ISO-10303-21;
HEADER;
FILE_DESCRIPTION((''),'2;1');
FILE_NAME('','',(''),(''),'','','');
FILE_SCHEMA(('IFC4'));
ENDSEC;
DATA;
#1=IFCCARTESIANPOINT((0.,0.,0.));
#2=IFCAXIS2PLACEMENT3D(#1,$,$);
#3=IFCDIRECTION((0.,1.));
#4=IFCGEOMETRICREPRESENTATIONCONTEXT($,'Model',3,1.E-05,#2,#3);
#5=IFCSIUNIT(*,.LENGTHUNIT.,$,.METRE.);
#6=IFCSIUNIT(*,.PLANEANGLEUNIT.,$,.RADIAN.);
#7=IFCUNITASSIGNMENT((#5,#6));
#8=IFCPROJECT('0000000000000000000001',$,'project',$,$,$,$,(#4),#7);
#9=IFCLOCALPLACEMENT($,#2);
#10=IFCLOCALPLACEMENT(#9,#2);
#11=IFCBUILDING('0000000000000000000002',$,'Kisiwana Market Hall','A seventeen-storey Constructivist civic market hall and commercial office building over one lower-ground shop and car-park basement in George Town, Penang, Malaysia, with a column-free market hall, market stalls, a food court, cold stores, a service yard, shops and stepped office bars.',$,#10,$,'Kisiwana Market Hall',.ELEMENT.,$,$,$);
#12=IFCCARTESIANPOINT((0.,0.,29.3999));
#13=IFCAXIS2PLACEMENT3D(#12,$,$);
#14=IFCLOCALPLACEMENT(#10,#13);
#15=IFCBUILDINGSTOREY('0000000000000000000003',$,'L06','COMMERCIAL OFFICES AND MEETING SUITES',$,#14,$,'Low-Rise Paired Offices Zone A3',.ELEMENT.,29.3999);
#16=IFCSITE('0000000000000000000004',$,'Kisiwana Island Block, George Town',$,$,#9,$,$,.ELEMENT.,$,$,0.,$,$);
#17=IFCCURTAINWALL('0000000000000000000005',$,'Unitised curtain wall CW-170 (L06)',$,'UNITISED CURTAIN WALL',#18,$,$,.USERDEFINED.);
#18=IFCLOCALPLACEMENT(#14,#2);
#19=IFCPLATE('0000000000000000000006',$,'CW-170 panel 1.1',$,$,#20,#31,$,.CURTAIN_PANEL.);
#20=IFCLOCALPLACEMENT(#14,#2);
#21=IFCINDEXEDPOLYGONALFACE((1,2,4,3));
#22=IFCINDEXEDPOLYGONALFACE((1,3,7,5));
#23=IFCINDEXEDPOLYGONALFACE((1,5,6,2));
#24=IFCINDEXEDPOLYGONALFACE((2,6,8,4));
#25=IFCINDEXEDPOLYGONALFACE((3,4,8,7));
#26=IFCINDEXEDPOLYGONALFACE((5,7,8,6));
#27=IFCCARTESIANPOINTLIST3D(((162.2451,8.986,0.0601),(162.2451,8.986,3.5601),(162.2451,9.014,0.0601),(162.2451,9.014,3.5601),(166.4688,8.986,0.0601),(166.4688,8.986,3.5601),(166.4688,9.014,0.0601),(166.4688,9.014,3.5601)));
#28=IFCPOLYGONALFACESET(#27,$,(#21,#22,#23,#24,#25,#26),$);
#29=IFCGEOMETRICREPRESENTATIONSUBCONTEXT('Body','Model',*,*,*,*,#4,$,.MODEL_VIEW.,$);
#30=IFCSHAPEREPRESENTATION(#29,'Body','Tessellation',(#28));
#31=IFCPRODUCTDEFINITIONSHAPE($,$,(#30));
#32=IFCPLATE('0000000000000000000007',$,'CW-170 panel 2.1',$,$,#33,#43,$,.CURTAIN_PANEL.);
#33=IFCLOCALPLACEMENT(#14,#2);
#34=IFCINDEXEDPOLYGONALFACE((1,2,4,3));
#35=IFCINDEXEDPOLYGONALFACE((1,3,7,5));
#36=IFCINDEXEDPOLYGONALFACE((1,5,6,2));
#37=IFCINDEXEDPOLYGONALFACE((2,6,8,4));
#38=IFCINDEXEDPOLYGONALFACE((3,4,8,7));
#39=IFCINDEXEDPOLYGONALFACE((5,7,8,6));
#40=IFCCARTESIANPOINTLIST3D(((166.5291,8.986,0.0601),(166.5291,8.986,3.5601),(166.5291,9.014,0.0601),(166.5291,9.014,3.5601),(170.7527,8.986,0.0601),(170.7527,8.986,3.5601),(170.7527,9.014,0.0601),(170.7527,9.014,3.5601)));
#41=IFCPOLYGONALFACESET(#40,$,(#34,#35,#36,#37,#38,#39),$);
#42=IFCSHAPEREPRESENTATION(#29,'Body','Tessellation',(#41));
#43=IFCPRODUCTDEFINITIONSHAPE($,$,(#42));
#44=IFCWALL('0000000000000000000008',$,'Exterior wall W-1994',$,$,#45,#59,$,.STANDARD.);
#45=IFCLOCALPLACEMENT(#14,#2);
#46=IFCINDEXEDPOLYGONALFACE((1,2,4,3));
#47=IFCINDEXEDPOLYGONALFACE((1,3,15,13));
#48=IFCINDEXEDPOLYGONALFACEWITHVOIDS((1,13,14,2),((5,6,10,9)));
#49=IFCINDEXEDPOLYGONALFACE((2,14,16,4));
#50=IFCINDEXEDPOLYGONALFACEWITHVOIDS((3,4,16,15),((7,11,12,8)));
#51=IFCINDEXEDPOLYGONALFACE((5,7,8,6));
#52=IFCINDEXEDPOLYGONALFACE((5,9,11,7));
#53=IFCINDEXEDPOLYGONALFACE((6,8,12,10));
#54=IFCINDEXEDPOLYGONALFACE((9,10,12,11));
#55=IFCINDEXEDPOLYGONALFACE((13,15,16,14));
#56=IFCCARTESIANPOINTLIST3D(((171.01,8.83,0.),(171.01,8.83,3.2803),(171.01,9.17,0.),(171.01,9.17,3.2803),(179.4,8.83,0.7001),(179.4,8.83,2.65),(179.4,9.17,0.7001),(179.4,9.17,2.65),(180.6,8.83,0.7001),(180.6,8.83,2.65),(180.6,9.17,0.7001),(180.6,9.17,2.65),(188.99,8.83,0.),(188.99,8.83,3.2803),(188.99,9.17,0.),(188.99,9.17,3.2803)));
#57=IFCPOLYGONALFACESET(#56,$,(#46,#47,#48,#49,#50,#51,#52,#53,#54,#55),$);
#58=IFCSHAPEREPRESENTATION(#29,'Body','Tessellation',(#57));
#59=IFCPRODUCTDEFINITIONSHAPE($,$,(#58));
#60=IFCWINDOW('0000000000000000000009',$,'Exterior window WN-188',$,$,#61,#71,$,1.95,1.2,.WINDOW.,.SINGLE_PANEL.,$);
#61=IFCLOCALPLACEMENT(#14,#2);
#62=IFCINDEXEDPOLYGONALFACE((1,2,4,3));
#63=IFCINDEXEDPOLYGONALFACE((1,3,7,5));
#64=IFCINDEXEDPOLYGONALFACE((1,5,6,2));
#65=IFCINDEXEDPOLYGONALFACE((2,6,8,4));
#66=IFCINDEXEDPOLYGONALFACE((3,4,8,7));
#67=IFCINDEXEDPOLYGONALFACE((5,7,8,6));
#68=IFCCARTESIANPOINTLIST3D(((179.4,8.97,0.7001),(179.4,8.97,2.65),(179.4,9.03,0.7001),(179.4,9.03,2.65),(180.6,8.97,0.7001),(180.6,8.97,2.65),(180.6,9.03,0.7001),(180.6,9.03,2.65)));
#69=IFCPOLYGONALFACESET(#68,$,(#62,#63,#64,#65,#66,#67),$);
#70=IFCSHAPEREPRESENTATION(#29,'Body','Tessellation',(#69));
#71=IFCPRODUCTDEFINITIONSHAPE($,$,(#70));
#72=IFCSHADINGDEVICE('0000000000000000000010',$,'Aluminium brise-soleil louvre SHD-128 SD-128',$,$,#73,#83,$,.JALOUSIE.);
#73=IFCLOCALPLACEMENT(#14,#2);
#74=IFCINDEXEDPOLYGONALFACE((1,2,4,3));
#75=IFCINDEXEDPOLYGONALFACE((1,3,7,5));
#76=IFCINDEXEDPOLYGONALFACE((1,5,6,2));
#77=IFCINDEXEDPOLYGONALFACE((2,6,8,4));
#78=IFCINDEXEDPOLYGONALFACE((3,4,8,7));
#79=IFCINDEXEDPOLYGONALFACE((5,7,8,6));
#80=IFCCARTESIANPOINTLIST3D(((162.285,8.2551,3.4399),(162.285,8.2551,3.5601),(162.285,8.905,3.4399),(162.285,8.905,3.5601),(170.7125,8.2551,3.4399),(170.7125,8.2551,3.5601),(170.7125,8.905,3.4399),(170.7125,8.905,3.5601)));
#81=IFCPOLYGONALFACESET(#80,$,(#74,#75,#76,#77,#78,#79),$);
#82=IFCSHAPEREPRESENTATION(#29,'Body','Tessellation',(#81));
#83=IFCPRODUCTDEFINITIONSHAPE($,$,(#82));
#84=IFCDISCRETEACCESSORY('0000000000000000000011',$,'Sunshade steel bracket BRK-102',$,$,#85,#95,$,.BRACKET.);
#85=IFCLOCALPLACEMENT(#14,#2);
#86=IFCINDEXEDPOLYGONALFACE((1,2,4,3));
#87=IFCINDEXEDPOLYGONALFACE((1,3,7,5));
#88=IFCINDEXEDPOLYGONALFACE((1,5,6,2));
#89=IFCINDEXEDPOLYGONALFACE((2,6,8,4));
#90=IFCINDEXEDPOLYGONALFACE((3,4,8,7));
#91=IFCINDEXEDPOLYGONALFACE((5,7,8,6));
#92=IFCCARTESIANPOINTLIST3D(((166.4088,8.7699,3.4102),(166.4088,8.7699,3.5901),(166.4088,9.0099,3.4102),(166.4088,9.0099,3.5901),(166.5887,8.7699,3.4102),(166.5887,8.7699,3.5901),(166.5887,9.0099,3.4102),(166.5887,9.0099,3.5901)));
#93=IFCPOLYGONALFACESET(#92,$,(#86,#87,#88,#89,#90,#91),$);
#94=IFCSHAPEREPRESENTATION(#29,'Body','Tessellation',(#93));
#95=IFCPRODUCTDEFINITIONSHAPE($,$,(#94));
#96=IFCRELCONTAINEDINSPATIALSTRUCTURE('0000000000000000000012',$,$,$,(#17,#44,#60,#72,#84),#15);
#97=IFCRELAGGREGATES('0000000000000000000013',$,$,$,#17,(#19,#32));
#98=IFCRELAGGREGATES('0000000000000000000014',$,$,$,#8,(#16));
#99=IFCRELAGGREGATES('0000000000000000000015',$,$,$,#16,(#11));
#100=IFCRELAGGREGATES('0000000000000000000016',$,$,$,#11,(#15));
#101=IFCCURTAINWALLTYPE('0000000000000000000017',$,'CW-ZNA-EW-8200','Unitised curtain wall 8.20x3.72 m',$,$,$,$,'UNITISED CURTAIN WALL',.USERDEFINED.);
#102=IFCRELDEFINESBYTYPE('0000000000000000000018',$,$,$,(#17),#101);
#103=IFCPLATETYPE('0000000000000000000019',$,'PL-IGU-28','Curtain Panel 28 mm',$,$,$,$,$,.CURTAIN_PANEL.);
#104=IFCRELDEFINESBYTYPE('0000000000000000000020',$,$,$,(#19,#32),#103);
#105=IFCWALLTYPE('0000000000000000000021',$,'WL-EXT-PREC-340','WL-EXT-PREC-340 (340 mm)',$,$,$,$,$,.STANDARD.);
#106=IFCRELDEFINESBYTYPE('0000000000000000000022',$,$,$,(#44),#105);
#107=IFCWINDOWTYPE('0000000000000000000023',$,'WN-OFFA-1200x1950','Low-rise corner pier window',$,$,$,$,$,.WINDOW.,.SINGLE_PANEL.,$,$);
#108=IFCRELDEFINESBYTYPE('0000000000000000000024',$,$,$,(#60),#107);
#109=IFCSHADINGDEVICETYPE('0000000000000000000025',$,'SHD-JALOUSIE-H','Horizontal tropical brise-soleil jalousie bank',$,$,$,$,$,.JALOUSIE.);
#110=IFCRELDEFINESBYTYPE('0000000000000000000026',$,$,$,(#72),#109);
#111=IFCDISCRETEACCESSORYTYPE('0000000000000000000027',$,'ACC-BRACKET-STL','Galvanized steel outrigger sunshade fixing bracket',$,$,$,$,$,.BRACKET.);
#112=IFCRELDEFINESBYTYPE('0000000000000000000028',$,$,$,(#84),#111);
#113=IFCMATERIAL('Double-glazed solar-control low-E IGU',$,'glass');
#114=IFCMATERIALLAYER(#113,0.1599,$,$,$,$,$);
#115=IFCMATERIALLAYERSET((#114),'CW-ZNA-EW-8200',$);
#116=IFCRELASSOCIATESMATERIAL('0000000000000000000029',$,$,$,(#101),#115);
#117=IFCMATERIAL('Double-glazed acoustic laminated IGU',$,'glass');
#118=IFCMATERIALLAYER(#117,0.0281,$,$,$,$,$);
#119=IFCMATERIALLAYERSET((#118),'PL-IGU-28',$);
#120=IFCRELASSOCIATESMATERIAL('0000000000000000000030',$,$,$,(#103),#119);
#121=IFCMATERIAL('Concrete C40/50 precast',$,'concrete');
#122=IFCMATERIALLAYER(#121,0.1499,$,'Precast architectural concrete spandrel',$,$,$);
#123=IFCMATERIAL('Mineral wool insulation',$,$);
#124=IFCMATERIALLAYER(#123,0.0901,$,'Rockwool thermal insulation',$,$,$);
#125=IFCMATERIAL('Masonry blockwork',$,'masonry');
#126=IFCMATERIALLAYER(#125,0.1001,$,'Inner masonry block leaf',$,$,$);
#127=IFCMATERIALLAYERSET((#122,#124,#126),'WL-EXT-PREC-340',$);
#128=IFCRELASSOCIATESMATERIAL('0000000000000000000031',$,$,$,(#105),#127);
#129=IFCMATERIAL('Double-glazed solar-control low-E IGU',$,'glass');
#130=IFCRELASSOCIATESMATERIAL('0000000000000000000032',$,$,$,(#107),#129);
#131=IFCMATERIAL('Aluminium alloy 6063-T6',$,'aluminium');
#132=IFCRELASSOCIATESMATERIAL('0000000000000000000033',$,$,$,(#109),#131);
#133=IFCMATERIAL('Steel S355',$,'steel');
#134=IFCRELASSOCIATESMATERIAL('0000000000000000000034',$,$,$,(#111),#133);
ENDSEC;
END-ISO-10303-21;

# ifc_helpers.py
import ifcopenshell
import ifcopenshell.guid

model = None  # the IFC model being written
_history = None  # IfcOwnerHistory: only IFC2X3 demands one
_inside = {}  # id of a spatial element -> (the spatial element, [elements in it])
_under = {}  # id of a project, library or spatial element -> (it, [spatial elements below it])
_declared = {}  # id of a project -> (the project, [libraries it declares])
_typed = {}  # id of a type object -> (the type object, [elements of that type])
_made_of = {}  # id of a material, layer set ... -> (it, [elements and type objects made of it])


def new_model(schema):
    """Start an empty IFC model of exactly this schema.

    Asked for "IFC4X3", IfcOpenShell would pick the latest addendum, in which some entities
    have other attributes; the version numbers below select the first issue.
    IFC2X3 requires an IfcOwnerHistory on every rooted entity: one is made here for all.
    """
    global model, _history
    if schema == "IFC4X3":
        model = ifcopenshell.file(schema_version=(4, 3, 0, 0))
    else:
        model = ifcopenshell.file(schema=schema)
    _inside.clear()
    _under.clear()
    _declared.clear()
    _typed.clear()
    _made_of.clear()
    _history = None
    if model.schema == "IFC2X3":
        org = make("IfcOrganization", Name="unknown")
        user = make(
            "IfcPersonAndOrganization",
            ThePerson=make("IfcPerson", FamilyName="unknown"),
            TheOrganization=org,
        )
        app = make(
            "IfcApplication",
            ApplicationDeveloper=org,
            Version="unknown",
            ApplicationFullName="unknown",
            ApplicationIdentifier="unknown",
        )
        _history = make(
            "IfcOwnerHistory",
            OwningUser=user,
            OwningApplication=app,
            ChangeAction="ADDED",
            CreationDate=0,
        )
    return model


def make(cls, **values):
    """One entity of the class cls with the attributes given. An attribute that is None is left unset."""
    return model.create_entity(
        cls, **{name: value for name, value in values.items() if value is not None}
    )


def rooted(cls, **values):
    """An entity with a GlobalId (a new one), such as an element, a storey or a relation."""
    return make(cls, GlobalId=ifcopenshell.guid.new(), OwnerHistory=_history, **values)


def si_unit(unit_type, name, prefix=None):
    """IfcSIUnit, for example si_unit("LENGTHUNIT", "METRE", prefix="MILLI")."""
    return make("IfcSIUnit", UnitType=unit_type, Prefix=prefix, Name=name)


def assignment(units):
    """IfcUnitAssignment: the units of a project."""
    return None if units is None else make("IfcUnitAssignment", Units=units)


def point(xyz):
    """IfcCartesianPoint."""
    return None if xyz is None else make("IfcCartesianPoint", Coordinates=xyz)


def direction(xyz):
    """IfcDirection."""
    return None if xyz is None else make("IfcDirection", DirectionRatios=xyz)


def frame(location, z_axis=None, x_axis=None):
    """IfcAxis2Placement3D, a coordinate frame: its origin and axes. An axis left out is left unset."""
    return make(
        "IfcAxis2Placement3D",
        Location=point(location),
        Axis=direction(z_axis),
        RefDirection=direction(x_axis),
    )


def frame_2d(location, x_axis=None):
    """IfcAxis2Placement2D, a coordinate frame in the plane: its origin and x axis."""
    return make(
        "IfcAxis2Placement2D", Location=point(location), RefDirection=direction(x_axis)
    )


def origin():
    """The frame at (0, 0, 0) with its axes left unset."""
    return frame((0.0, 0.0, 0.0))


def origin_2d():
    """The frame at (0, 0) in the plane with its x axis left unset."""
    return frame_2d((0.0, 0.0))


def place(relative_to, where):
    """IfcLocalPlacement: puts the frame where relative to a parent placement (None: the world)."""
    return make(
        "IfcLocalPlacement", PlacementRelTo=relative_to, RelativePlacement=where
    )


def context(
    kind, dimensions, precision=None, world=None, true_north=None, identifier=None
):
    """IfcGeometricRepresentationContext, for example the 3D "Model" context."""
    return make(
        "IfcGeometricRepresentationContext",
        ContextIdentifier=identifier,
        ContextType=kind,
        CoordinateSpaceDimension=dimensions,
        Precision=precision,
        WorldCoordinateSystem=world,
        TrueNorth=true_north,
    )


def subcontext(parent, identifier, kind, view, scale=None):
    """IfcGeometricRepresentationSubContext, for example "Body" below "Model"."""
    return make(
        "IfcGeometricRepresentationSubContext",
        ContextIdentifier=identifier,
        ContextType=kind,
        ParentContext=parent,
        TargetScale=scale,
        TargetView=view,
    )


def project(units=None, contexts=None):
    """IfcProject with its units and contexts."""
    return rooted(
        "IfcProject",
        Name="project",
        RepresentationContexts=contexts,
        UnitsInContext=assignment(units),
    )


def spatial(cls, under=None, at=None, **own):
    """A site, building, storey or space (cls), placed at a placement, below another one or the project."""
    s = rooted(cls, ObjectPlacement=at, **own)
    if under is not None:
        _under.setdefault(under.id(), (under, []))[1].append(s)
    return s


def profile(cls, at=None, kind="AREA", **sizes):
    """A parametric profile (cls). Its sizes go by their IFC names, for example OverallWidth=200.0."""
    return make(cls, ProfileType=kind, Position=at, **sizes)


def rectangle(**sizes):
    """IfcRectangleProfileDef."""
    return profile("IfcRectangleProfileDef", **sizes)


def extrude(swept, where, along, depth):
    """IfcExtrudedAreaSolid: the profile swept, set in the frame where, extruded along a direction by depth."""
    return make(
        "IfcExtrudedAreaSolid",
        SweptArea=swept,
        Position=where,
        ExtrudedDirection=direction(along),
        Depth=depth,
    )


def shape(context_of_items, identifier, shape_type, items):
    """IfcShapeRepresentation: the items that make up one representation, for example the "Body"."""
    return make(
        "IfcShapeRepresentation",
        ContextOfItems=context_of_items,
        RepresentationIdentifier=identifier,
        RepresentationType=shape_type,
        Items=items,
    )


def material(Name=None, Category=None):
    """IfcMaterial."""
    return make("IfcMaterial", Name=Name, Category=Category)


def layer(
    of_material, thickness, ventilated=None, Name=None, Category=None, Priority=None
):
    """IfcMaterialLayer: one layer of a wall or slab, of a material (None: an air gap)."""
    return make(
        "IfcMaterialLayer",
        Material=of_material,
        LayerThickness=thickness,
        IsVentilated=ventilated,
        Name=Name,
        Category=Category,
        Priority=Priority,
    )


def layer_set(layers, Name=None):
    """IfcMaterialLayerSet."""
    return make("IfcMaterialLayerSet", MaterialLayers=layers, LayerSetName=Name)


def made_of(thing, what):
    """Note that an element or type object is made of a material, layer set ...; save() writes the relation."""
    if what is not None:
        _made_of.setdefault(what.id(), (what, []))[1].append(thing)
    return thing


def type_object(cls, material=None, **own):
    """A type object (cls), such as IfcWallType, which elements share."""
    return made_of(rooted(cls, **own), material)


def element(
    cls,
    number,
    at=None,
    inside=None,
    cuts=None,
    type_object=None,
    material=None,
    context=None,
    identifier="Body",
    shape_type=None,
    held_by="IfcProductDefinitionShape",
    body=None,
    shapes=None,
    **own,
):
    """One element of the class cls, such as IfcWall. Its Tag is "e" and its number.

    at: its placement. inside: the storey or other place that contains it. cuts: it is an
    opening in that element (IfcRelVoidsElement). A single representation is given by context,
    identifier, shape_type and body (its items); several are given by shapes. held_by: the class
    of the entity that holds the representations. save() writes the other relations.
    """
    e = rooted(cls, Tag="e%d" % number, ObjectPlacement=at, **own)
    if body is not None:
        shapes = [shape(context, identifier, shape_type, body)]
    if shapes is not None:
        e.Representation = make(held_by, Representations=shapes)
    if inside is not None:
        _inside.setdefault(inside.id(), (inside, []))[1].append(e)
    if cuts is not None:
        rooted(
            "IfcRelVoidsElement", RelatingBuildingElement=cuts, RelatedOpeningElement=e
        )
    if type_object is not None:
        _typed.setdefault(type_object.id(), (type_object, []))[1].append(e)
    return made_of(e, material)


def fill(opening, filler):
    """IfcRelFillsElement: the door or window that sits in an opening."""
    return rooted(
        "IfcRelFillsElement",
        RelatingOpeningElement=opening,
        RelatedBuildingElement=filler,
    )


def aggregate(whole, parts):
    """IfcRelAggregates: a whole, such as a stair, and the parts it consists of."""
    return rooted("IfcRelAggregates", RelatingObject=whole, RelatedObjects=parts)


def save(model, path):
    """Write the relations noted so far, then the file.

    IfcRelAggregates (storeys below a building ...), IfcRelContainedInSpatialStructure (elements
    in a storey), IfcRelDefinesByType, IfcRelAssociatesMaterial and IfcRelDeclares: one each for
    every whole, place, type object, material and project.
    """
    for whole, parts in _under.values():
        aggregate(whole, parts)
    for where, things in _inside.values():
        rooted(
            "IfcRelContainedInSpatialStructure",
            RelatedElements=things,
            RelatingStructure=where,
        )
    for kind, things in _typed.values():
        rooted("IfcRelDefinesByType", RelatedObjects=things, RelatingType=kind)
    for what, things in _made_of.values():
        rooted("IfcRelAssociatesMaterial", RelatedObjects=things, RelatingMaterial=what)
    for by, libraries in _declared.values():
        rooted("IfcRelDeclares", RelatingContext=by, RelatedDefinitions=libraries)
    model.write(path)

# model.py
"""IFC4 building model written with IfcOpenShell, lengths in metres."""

from ifc_helpers import new_model, si_unit, direction, frame, frame_2d, origin, origin_2d, place, context, subcontext, project, spatial, rectangle, extrude, material, layer, layer_set, type_object, element, fill, aggregate, save


model = new_model("IFC4")

# Units and contexts
model_context = context("Model", 3, precision=1e-05, world=origin(), true_north=direction((0.0, 1.0)))
body_context = subcontext(model_context, "Body", "Model", "MODEL_VIEW")
ifc_project = project(units=[si_unit("LENGTHUNIT", "METRE"), si_unit("PLANEANGLEUNIT", "RADIAN")], contexts=[model_context])

# Site, building, storey
site_placement = place(None, origin())
site = spatial("IfcSite", under=ifc_project, at=site_placement, Name="Kisiwana Island Block, George Town", CompositionType="ELEMENT", RefElevation=0.0)
building_placement = place(site_placement, origin())
building = spatial("IfcBuilding", under=site, at=building_placement, Name="Kisiwana Market Hall", Description="A seventeen-storey Constructivist civic market hall and commercial office building over one lower-ground shop and car-park basement in George Town, Penang, Malaysia, with a column-free market hall, market stalls, a food court, cold stores, a service yard, shops and stepped office bars.", LongName="Kisiwana Market Hall", CompositionType="ELEMENT")
storey_placement = place(building_placement, frame((0.0, 0.0, 29.3999)))
storey = spatial("IfcBuildingStorey", under=building, at=storey_placement, Name="L06", Description="COMMERCIAL OFFICES AND MEETING SUITES", LongName="Low-Rise Paired Offices Zone A3", CompositionType="ELEMENT", Elevation=29.3999)

# Curtain wall, plates
ifc_material_1 = material(Name="Double-glazed solar-control low-E IGU", Category="glass")
ifc_layer_1 = layer(ifc_material_1, 0.1599)
ifc_layer_set_1 = layer_set([ifc_layer_1], Name="CW-ZNA-EW-8200")
curtain_wall_type = type_object("IfcCurtainWallType", Name="CW-ZNA-EW-8200", Description="Unitised curtain wall 8.20x3.72 m", ElementType="UNITISED CURTAIN WALL", PredefinedType="USERDEFINED", material=ifc_layer_set_1)
curtain_wall_placement = place(storey_placement, origin())
curtain_wall = element("IfcCurtainWall", 1, at=curtain_wall_placement, inside=storey, type_object=curtain_wall_type, Name="Unitised curtain wall CW-170 (L06)", ObjectType="UNITISED CURTAIN WALL", PredefinedType="USERDEFINED")
ifc_material_2 = material(Name="Double-glazed acoustic laminated IGU", Category="glass")
ifc_layer_2 = layer(ifc_material_2, 0.0281)
ifc_layer_set_2 = layer_set([ifc_layer_2], Name="PL-IGU-28")
plate_type = type_object("IfcPlateType", Name="PL-IGU-28", Description="Curtain Panel 28 mm", PredefinedType="CURTAIN_PANEL", material=ifc_layer_set_2)
plate_1_placement = place(storey_placement, frame((164.3569, 9.0, 0.0601), z_axis=(0.0, 0.0, 1.0), x_axis=(1.0, 0.0, 0.0)))
plate_1 = element("IfcPlate", 2, at=plate_1_placement, type_object=plate_type, Name="CW-170 panel 1.1", PredefinedType="CURTAIN_PANEL", context=body_context, shape_type="SweptSolid", body=[
    extrude(rectangle(XDim=4.2236, YDim=0.0281, at=origin_2d()), origin(), (0.0, 0.0, 1.0), 3.5),
])
plate_2_placement = place(storey_placement, frame((168.6409, 9.0, 0.0601), z_axis=(0.0, 0.0, 1.0), x_axis=(1.0, 0.0, 0.0)))
plate_2 = element("IfcPlate", 3, at=plate_2_placement, type_object=plate_type, Name="CW-170 panel 2.1", PredefinedType="CURTAIN_PANEL", context=body_context, shape_type="SweptSolid", body=[
    extrude(rectangle(XDim=4.2236, YDim=0.0281, at=origin_2d()), origin(), (0.0, 0.0, 1.0), 3.5),
])
aggregate(curtain_wall, [plate_1, plate_2])

# Wall, opening, window
ifc_material_3 = material(Name="Concrete C40/50 precast", Category="concrete")
ifc_layer_3 = layer(ifc_material_3, 0.1499, Name="Precast architectural concrete spandrel")
ifc_material_4 = material(Name="Mineral wool insulation")
ifc_layer_4 = layer(ifc_material_4, 0.0901, Name="Rockwool thermal insulation")
ifc_material_5 = material(Name="Masonry blockwork", Category="masonry")
ifc_layer_5 = layer(ifc_material_5, 0.1001, Name="Inner masonry block leaf")
ifc_layer_set_3 = layer_set([ifc_layer_3, ifc_layer_4, ifc_layer_5], Name="WL-EXT-PREC-340")
wall_type = type_object("IfcWallType", Name="WL-EXT-PREC-340", Description="WL-EXT-PREC-340 (340 mm)", PredefinedType="STANDARD", material=ifc_layer_set_3)
wall_placement = place(storey_placement, frame((171.01, 9.0, 0.0), z_axis=(0.0, 0.0, 1.0), x_axis=(1.0, 0.0, 0.0)))
wall = element("IfcWall", 4, at=wall_placement, inside=storey, type_object=wall_type, Name="Exterior wall W-1994", PredefinedType="STANDARD", context=body_context, shape_type="SweptSolid", body=[
    extrude(rectangle(XDim=17.98, YDim=0.3401, at=frame_2d((8.99, 0.0))), origin(), (0.0, 0.0, 1.0), 3.2803),
])
opening_placement = place(wall_placement, frame((8.3899, 0.0, 0.7)))
opening = element("IfcOpeningElement", 5, at=opening_placement, cuts=wall, PredefinedType="OPENING", context=body_context, shape_type="SweptSolid", body=[
    extrude(rectangle(XDim=1.2, YDim=1.95, at=frame_2d((0.6001, 0.9751))), frame((0.0, 0.1821, 0.0), z_axis=(0.0, -1.0, 0.0), x_axis=(1.0, 0.0, 0.0)), (0.0, 0.0, 1.0), 0.364),
])
ifc_material_6 = material(Name="Double-glazed solar-control low-E IGU", Category="glass")
window_type = type_object("IfcWindowType", Name="WN-OFFA-1200x1950", Description="Low-rise corner pier window", PartitioningType="SINGLE_PANEL", PredefinedType="WINDOW", material=ifc_material_6)
window_placement = place(opening_placement, origin())
window = element("IfcWindow", 6, at=window_placement, inside=storey, type_object=window_type, Name="Exterior window WN-188", OverallHeight=1.95, OverallWidth=1.2, PartitioningType="SINGLE_PANEL", PredefinedType="WINDOW", context=body_context, shape_type="SweptSolid", body=[
    extrude(rectangle(XDim=1.2, YDim=1.95, at=frame_2d((0.6001, 0.9751))), frame((0.0, 0.03, 0.0), z_axis=(0.0, -1.0, 0.0), x_axis=(1.0, 0.0, 0.0)), (0.0, 0.0, 1.0), 0.0601),
])
fill(opening, window)

# Shading device
ifc_material_7 = material(Name="Aluminium alloy 6063-T6", Category="aluminium")
shading_device_type = type_object("IfcShadingDeviceType", Name="SHD-JALOUSIE-H", Description="Horizontal tropical brise-soleil jalousie bank", PredefinedType="JALOUSIE", material=ifc_material_7)
shading_device_placement = place(storey_placement, frame((166.4988, 8.5801, 3.4399), z_axis=(0.0, 0.0, 1.0), x_axis=(1.0, 0.0, 0.0)))
element("IfcShadingDevice", 7, at=shading_device_placement, inside=storey, type_object=shading_device_type, Name="Aluminium brise-soleil louvre SHD-128 SD-128", PredefinedType="JALOUSIE", context=body_context, shape_type="SweptSolid", body=[
    extrude(rectangle(XDim=8.4275, YDim=0.6499, at=origin_2d()), origin(), (0.0, 0.0, 1.0), 0.1201),
])

# Discrete accessory
ifc_material_8 = material(Name="Steel S355", Category="steel")
discrete_accessory_type = type_object("IfcDiscreteAccessoryType", Name="ACC-BRACKET-STL", Description="Galvanized steel outrigger sunshade fixing bracket", PredefinedType="BRACKET", material=ifc_material_8)
discrete_accessory_placement = place(storey_placement, frame((166.4988, 8.8899, 3.4102), z_axis=(0.0, 0.0, 1.0), x_axis=(1.0, 0.0, 0.0)))
element("IfcDiscreteAccessory", 8, at=discrete_accessory_placement, inside=storey, type_object=discrete_accessory_type, Name="Sunshade steel bracket BRK-102", PredefinedType="BRACKET", context=body_context, shape_type="SweptSolid", body=[
    extrude(rectangle(XDim=0.1799, YDim=0.24, at=origin_2d()), origin(), (0.0, 0.0, 1.0), 0.1799),
])

save(model, "model.ifc")
